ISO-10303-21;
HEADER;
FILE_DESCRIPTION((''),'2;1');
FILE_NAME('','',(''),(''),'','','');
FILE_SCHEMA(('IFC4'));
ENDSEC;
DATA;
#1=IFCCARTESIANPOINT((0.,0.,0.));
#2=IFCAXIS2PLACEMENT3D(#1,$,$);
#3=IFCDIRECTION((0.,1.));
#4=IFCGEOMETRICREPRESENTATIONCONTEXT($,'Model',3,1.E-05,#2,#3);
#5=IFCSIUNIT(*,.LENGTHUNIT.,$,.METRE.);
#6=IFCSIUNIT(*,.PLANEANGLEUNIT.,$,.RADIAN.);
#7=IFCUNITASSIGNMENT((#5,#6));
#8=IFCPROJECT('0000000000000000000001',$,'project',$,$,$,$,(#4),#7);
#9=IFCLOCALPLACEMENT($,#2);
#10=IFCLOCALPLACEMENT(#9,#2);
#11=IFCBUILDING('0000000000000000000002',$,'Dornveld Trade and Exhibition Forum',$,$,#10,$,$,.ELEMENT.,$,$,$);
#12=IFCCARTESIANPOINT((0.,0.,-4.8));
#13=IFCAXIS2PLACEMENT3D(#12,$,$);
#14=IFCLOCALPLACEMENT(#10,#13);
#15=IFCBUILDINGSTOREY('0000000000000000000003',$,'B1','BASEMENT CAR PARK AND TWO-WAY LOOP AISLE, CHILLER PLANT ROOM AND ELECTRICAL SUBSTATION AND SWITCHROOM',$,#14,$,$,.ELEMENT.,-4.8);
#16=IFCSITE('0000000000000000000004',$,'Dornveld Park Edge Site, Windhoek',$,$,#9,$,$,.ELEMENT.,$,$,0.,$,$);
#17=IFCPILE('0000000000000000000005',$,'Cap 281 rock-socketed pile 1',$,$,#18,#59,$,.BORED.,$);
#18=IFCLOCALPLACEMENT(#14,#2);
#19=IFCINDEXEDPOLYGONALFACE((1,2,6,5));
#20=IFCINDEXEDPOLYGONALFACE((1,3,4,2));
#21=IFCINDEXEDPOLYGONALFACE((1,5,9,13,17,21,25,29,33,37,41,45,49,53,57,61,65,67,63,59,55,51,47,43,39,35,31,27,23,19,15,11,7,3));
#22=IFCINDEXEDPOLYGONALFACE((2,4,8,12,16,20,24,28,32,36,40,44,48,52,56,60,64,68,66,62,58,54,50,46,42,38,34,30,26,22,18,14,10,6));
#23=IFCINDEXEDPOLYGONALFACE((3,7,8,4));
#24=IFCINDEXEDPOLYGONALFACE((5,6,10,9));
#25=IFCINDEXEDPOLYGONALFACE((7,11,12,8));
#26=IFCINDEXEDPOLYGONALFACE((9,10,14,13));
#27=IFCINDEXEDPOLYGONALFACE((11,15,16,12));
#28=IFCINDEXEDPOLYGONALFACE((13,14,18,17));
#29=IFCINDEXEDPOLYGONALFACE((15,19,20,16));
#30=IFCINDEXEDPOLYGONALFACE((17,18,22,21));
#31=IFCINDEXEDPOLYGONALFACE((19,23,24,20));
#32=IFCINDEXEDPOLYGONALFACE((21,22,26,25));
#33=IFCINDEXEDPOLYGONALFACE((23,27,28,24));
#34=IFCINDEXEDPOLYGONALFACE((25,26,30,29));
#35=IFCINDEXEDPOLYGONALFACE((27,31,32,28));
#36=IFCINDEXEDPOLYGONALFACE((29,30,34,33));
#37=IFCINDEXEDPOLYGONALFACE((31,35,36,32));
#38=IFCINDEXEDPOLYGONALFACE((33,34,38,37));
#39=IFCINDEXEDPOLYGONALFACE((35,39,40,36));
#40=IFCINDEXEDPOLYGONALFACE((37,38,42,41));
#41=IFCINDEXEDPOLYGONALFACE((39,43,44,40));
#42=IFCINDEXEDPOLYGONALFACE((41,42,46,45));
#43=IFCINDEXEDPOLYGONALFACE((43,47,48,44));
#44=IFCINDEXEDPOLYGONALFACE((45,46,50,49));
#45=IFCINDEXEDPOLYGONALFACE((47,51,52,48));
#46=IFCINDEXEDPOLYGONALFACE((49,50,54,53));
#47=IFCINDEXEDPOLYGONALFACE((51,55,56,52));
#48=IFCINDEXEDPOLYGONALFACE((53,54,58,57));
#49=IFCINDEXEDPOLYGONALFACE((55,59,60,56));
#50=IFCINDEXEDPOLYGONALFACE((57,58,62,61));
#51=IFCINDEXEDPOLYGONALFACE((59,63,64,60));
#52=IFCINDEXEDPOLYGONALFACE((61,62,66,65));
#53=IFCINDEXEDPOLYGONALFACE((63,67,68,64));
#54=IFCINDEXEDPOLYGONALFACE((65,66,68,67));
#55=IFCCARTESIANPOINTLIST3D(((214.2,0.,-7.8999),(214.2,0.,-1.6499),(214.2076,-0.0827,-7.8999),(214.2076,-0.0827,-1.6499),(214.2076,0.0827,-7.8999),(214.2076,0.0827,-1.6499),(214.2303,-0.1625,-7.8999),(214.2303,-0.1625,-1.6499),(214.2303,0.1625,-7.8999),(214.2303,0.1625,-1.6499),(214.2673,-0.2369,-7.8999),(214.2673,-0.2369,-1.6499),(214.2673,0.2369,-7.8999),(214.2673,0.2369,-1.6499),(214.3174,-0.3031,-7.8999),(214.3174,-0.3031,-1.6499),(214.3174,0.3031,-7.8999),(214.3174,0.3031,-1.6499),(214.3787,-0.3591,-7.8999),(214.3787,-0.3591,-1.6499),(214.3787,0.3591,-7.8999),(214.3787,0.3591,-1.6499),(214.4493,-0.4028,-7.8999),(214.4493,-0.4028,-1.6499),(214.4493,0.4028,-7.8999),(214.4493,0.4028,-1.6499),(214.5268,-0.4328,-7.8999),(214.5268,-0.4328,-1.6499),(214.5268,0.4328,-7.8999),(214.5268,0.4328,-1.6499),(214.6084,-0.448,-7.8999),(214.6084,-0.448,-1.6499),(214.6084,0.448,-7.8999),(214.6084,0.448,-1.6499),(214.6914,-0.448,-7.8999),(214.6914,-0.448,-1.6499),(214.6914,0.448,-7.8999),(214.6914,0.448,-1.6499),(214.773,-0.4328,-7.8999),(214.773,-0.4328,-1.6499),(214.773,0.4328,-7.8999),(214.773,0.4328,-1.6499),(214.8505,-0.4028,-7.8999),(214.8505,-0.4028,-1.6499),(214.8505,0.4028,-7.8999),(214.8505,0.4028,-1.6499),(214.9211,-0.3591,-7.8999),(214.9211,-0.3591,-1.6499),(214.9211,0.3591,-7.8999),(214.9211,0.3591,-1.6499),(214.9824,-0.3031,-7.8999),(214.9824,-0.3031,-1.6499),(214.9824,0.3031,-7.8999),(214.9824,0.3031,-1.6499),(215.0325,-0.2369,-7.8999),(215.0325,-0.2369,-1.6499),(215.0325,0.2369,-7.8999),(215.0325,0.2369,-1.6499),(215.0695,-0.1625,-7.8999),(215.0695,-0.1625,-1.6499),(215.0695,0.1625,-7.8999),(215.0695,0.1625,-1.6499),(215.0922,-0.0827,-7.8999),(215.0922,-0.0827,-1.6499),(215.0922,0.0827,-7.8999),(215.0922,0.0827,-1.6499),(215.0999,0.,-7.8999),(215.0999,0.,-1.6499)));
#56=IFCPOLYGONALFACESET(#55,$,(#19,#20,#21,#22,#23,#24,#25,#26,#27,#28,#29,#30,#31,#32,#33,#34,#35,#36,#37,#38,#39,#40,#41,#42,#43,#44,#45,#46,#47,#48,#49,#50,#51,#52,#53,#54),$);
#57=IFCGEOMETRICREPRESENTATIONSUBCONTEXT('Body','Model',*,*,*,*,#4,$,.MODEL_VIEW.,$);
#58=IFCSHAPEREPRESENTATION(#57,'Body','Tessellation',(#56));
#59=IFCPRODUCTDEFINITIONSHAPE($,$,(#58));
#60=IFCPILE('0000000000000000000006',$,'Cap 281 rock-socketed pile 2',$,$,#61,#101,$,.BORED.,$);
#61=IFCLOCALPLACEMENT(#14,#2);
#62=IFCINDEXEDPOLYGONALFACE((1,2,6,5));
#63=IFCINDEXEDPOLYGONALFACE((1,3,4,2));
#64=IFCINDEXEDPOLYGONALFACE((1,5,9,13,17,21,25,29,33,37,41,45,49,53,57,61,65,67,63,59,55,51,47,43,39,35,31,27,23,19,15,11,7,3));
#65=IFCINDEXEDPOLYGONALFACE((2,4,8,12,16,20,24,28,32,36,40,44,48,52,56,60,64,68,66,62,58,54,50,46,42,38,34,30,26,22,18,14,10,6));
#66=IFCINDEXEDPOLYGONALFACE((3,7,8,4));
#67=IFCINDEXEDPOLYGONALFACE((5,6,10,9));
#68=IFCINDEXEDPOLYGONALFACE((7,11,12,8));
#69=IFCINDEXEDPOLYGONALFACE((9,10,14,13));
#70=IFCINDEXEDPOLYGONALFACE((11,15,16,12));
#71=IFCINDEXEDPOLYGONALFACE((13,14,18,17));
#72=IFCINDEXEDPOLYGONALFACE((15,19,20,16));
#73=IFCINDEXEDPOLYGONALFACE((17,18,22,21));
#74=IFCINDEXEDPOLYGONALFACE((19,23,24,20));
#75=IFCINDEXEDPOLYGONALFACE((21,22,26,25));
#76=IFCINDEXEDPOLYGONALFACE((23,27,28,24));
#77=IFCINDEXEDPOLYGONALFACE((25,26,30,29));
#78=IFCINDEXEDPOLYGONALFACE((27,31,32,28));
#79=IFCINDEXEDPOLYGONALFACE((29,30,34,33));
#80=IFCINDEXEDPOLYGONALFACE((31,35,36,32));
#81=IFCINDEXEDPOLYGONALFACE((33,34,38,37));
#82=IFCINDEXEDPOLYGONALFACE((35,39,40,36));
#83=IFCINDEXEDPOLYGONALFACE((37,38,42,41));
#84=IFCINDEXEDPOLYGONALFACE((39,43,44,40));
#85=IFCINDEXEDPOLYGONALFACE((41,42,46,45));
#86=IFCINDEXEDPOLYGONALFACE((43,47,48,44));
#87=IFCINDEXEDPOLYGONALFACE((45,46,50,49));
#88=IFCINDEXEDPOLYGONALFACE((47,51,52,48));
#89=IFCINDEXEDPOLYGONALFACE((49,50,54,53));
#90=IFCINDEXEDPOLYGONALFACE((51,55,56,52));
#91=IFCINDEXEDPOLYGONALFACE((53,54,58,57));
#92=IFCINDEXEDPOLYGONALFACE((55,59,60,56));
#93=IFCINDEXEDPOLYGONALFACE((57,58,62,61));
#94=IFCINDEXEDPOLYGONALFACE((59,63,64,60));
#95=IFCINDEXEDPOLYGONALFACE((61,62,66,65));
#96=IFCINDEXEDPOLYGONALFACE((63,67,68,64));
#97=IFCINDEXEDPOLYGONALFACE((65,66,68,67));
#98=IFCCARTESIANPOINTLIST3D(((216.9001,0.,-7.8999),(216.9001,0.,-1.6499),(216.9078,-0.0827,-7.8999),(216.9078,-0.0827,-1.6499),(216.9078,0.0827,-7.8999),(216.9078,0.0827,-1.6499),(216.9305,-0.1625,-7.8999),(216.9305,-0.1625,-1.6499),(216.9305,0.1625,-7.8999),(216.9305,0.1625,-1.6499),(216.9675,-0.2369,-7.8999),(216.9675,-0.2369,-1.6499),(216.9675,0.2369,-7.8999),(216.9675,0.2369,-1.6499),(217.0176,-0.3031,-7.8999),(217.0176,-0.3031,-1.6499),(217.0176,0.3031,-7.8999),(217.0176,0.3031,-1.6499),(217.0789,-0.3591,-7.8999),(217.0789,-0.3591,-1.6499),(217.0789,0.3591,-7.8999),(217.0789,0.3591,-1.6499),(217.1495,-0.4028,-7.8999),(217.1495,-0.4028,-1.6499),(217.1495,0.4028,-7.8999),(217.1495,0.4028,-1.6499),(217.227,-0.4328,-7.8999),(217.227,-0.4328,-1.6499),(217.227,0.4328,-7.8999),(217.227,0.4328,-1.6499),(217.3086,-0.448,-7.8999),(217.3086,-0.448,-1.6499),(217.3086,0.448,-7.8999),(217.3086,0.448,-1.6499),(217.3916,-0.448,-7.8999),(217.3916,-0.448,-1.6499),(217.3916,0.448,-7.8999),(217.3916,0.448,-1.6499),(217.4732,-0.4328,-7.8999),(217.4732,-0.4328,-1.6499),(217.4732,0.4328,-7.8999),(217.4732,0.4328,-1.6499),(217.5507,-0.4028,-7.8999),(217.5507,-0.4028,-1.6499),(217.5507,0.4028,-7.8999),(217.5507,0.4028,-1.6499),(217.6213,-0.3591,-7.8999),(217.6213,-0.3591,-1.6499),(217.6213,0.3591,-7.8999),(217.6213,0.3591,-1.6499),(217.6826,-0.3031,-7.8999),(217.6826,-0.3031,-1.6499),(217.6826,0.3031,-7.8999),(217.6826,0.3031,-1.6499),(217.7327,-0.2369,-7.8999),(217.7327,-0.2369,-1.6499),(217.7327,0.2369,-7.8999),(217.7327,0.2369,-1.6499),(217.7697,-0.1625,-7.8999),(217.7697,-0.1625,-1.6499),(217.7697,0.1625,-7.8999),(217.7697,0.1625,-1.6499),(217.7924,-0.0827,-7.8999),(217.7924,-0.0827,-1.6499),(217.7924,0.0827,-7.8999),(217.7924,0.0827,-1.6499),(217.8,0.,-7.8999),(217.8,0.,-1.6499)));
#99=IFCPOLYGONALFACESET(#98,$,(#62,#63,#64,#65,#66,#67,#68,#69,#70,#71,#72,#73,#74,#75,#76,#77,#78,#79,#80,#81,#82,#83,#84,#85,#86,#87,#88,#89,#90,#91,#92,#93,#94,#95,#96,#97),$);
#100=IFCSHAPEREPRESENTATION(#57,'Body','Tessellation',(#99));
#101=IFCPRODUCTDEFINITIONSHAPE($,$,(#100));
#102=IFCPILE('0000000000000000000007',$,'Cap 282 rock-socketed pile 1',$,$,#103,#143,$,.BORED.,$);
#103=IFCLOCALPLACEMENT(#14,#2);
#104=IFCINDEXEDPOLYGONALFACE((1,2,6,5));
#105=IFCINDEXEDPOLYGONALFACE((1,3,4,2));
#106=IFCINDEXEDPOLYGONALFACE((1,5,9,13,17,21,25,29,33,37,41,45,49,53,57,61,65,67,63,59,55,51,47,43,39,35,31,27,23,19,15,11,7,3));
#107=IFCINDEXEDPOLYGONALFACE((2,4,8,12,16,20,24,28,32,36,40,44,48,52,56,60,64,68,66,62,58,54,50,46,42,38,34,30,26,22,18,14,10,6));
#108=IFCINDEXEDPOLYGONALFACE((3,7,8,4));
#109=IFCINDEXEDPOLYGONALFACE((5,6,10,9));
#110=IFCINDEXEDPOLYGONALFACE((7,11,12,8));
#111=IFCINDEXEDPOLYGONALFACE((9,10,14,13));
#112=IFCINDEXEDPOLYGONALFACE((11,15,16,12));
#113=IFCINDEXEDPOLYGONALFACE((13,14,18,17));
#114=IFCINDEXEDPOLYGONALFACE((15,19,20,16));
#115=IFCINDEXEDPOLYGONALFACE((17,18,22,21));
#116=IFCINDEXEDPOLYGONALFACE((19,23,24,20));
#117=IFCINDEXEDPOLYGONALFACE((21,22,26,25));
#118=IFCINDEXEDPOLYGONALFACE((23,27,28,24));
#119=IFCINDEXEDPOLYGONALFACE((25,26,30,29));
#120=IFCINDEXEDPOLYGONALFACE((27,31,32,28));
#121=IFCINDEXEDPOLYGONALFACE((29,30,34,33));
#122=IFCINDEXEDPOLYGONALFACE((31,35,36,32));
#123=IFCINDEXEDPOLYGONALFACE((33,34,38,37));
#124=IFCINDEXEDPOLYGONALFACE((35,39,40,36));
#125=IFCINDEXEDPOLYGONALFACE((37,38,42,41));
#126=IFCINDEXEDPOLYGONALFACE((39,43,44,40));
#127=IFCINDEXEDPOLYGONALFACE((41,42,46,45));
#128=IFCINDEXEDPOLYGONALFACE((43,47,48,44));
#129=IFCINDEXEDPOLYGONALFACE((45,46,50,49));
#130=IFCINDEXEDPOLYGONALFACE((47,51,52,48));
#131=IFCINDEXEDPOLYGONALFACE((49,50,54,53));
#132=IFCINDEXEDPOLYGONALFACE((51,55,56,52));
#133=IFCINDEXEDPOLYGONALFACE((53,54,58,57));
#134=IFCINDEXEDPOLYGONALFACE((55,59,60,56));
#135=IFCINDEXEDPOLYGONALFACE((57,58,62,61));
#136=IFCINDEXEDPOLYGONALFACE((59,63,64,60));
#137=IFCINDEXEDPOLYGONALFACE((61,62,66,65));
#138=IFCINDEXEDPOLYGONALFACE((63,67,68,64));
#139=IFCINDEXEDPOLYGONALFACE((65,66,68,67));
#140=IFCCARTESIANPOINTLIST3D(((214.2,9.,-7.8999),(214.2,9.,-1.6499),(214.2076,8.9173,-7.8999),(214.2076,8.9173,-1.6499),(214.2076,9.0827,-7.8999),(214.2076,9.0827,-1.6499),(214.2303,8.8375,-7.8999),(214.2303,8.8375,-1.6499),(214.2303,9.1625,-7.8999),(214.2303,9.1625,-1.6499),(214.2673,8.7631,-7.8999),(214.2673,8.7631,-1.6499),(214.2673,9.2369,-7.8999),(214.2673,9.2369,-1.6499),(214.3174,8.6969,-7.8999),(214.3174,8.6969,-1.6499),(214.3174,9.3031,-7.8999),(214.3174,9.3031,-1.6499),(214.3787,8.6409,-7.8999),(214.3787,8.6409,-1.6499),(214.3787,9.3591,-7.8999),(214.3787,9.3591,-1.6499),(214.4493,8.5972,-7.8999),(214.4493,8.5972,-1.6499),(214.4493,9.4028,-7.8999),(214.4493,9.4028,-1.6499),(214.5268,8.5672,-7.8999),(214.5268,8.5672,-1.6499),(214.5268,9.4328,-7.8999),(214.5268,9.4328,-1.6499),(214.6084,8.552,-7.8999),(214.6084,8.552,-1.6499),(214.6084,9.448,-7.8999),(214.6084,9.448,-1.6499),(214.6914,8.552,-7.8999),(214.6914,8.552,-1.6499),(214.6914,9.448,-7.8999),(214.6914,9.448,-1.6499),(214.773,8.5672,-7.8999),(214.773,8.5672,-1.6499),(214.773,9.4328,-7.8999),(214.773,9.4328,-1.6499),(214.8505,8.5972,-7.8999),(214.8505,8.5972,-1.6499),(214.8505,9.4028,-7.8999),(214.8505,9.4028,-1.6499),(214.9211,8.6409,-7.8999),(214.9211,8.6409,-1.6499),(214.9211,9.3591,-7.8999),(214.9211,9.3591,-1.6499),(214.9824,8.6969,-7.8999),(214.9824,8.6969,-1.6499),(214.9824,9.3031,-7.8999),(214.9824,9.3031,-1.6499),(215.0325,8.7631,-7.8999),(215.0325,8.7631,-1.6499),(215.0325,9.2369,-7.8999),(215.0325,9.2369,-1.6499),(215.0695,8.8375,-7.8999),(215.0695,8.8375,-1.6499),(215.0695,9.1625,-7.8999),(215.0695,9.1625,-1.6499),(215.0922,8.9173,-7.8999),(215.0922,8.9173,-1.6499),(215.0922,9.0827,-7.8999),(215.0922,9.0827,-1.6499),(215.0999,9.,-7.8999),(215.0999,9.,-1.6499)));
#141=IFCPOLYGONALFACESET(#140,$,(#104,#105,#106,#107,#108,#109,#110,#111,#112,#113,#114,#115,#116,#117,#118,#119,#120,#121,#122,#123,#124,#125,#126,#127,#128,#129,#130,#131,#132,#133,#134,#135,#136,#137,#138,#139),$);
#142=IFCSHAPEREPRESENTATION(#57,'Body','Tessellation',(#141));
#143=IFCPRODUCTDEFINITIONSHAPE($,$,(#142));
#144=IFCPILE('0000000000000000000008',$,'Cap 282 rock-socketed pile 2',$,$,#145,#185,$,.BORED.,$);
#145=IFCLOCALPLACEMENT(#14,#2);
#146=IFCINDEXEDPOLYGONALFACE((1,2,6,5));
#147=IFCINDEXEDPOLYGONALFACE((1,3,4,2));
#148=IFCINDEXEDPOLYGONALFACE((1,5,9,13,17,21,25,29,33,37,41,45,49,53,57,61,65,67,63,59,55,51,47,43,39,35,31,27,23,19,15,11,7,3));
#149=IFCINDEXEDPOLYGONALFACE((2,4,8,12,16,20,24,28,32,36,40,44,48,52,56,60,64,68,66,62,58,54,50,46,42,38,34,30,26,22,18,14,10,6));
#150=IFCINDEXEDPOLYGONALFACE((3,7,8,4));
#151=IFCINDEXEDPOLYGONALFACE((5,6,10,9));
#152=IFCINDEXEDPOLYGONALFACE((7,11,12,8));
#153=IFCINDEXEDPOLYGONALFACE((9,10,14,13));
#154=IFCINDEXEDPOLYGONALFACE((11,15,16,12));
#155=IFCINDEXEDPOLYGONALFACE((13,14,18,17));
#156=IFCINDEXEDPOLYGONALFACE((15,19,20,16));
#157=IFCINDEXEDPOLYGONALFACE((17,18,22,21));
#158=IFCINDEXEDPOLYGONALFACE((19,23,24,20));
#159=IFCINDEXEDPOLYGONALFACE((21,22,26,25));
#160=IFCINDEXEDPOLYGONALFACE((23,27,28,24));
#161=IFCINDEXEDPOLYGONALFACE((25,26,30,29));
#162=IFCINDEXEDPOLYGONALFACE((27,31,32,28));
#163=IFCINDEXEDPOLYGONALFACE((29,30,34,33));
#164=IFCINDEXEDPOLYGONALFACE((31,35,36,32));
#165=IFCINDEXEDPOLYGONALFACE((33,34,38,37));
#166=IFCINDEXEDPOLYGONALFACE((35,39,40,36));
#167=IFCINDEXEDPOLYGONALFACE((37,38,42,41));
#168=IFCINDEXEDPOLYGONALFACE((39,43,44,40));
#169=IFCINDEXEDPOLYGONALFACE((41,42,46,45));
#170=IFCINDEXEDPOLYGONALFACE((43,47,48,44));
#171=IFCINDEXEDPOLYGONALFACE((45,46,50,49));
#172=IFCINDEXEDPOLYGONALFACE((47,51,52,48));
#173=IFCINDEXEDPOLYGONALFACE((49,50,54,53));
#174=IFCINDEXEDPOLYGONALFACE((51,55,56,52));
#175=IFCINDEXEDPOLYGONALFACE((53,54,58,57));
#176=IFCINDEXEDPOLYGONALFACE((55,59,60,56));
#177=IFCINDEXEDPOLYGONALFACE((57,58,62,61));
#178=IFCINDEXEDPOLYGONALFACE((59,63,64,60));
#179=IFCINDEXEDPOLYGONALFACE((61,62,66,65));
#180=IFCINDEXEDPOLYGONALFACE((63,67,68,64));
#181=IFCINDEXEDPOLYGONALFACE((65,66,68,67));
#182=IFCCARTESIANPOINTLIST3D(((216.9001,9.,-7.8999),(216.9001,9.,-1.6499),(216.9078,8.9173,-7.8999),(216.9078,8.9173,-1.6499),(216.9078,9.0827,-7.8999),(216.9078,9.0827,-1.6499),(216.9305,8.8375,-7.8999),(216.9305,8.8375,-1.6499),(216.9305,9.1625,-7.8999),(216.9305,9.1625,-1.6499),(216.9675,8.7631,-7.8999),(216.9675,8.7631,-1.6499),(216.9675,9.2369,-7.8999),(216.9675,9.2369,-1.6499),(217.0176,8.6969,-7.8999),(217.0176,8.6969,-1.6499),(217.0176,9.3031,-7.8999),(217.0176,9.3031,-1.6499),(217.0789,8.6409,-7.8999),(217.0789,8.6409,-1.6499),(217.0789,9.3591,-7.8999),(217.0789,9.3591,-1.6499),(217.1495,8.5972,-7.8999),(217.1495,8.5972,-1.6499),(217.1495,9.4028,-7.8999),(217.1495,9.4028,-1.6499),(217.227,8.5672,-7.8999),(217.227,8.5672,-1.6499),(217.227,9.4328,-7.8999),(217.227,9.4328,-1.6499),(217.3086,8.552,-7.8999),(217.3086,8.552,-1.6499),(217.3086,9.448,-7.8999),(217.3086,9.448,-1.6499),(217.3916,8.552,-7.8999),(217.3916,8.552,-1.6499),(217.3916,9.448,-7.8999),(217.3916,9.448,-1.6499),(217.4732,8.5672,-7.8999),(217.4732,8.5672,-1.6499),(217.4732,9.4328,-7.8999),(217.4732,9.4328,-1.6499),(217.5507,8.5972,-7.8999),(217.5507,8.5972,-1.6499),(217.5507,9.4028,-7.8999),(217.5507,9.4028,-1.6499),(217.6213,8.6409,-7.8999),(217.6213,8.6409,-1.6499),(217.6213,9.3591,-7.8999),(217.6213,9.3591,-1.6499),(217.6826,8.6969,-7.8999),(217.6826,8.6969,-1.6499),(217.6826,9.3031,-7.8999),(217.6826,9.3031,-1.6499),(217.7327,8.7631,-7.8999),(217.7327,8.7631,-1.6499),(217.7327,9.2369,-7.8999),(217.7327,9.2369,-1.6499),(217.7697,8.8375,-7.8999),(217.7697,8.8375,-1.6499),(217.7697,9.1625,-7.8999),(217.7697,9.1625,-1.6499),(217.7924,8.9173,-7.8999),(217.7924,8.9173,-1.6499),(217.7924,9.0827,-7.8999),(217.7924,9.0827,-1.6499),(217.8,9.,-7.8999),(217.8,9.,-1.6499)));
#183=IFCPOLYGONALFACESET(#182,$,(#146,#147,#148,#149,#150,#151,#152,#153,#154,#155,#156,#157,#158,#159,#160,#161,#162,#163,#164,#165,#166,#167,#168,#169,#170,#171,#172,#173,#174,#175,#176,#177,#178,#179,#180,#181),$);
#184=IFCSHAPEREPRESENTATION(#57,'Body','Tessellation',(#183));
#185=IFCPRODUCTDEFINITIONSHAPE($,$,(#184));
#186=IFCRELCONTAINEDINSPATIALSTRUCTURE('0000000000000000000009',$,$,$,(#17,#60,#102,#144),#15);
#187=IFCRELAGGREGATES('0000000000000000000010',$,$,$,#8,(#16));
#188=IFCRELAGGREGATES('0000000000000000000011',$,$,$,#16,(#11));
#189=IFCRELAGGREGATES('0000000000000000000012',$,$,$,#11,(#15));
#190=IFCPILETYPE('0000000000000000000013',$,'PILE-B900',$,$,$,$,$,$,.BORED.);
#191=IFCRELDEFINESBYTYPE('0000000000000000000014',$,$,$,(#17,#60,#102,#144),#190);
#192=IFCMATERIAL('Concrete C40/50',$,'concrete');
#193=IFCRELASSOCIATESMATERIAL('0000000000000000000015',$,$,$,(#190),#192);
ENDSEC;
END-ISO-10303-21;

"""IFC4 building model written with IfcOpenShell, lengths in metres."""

from ifc_helpers import new_model, si_unit, direction, frame, origin, origin_2d, place, context, subcontext, project, spatial, circle, extrude, material, material_profile, profile_set, type_object, element, save


model = new_model("IFC4")

# Units and contexts
model_context = context("Model", 3, precision=1e-05, world=origin(), true_north=direction((0.0, 1.0)))
body_context = subcontext(model_context, "Body", "Model", "MODEL_VIEW")
ifc_project = project(units=[si_unit("LENGTHUNIT", "METRE"), si_unit("PLANEANGLEUNIT", "RADIAN")], contexts=[model_context])

# Site, building, storey
site_placement = place(None, origin())
site = spatial("IfcSite", under=ifc_project, at=site_placement, Name="Dornveld Park Edge Site, Windhoek", CompositionType="ELEMENT", RefElevation=0.0)
building_placement = place(site_placement, origin())
building = spatial("IfcBuilding", under=site, at=building_placement, Name="Dornveld Trade and Exhibition Forum", CompositionType="ELEMENT")
storey_placement = place(building_placement, frame((0.0, 0.0, -4.8)))
storey = spatial("IfcBuildingStorey", under=building, at=storey_placement, Name="B1", Description="BASEMENT CAR PARK AND TWO-WAY LOOP AISLE, CHILLER PLANT ROOM AND ELECTRICAL SUBSTATION AND SWITCHROOM", CompositionType="ELEMENT", Elevation=-4.8)

# Piles
ifc_material_1 = material(Name="Concrete C40/50", Category="concrete")
ifc_material_profile_1 = material_profile(ifc_material_1, circle(Radius=0.45, at=origin_2d()), Name="PILE D900")
ifc_profile_set_1 = profile_set([ifc_material_profile_1], Name="Concrete C40/50")
pile_type_1 = type_object("IfcPileType", Name="PILE-B900", PredefinedType="BORED", material=ifc_profile_set_1)
for number, where, z_axis, x_axis, name in (
    (1, (214.6499, 0.0, -1.6499), (0.0, 0.0, -1.0), (1.0, 0.0, 0.0), "Cap 281 rock-socketed pile 1"),
    (2, (217.3501, 0.0, -1.6499), (0.0, 0.0, -1.0), (1.0, 0.0, 0.0), "Cap 281 rock-socketed pile 2"),
    (3, (214.6499, 9.0, -1.6499), (0.0, 0.0, -1.0), (1.0, 0.0, 0.0), "Cap 282 rock-socketed pile 1"),
    (4, (217.3501, 9.0, -1.6499), (0.0, 0.0, -1.0), (1.0, 0.0, 0.0), "Cap 282 rock-socketed pile 2"),
):
    element("IfcPile", number, at=place(storey_placement, frame(where, z_axis=z_axis, x_axis=x_axis)), inside=storey, type_object=pile_type_1, Name=name, PredefinedType="BORED", context=body_context, shape_type="SweptSolid", body=[
        extrude(circle(Radius=0.45, at=origin_2d()), origin(), (0.0, 0.0, 1.0), 6.25),
    ])

save(model, "model.ifc")
